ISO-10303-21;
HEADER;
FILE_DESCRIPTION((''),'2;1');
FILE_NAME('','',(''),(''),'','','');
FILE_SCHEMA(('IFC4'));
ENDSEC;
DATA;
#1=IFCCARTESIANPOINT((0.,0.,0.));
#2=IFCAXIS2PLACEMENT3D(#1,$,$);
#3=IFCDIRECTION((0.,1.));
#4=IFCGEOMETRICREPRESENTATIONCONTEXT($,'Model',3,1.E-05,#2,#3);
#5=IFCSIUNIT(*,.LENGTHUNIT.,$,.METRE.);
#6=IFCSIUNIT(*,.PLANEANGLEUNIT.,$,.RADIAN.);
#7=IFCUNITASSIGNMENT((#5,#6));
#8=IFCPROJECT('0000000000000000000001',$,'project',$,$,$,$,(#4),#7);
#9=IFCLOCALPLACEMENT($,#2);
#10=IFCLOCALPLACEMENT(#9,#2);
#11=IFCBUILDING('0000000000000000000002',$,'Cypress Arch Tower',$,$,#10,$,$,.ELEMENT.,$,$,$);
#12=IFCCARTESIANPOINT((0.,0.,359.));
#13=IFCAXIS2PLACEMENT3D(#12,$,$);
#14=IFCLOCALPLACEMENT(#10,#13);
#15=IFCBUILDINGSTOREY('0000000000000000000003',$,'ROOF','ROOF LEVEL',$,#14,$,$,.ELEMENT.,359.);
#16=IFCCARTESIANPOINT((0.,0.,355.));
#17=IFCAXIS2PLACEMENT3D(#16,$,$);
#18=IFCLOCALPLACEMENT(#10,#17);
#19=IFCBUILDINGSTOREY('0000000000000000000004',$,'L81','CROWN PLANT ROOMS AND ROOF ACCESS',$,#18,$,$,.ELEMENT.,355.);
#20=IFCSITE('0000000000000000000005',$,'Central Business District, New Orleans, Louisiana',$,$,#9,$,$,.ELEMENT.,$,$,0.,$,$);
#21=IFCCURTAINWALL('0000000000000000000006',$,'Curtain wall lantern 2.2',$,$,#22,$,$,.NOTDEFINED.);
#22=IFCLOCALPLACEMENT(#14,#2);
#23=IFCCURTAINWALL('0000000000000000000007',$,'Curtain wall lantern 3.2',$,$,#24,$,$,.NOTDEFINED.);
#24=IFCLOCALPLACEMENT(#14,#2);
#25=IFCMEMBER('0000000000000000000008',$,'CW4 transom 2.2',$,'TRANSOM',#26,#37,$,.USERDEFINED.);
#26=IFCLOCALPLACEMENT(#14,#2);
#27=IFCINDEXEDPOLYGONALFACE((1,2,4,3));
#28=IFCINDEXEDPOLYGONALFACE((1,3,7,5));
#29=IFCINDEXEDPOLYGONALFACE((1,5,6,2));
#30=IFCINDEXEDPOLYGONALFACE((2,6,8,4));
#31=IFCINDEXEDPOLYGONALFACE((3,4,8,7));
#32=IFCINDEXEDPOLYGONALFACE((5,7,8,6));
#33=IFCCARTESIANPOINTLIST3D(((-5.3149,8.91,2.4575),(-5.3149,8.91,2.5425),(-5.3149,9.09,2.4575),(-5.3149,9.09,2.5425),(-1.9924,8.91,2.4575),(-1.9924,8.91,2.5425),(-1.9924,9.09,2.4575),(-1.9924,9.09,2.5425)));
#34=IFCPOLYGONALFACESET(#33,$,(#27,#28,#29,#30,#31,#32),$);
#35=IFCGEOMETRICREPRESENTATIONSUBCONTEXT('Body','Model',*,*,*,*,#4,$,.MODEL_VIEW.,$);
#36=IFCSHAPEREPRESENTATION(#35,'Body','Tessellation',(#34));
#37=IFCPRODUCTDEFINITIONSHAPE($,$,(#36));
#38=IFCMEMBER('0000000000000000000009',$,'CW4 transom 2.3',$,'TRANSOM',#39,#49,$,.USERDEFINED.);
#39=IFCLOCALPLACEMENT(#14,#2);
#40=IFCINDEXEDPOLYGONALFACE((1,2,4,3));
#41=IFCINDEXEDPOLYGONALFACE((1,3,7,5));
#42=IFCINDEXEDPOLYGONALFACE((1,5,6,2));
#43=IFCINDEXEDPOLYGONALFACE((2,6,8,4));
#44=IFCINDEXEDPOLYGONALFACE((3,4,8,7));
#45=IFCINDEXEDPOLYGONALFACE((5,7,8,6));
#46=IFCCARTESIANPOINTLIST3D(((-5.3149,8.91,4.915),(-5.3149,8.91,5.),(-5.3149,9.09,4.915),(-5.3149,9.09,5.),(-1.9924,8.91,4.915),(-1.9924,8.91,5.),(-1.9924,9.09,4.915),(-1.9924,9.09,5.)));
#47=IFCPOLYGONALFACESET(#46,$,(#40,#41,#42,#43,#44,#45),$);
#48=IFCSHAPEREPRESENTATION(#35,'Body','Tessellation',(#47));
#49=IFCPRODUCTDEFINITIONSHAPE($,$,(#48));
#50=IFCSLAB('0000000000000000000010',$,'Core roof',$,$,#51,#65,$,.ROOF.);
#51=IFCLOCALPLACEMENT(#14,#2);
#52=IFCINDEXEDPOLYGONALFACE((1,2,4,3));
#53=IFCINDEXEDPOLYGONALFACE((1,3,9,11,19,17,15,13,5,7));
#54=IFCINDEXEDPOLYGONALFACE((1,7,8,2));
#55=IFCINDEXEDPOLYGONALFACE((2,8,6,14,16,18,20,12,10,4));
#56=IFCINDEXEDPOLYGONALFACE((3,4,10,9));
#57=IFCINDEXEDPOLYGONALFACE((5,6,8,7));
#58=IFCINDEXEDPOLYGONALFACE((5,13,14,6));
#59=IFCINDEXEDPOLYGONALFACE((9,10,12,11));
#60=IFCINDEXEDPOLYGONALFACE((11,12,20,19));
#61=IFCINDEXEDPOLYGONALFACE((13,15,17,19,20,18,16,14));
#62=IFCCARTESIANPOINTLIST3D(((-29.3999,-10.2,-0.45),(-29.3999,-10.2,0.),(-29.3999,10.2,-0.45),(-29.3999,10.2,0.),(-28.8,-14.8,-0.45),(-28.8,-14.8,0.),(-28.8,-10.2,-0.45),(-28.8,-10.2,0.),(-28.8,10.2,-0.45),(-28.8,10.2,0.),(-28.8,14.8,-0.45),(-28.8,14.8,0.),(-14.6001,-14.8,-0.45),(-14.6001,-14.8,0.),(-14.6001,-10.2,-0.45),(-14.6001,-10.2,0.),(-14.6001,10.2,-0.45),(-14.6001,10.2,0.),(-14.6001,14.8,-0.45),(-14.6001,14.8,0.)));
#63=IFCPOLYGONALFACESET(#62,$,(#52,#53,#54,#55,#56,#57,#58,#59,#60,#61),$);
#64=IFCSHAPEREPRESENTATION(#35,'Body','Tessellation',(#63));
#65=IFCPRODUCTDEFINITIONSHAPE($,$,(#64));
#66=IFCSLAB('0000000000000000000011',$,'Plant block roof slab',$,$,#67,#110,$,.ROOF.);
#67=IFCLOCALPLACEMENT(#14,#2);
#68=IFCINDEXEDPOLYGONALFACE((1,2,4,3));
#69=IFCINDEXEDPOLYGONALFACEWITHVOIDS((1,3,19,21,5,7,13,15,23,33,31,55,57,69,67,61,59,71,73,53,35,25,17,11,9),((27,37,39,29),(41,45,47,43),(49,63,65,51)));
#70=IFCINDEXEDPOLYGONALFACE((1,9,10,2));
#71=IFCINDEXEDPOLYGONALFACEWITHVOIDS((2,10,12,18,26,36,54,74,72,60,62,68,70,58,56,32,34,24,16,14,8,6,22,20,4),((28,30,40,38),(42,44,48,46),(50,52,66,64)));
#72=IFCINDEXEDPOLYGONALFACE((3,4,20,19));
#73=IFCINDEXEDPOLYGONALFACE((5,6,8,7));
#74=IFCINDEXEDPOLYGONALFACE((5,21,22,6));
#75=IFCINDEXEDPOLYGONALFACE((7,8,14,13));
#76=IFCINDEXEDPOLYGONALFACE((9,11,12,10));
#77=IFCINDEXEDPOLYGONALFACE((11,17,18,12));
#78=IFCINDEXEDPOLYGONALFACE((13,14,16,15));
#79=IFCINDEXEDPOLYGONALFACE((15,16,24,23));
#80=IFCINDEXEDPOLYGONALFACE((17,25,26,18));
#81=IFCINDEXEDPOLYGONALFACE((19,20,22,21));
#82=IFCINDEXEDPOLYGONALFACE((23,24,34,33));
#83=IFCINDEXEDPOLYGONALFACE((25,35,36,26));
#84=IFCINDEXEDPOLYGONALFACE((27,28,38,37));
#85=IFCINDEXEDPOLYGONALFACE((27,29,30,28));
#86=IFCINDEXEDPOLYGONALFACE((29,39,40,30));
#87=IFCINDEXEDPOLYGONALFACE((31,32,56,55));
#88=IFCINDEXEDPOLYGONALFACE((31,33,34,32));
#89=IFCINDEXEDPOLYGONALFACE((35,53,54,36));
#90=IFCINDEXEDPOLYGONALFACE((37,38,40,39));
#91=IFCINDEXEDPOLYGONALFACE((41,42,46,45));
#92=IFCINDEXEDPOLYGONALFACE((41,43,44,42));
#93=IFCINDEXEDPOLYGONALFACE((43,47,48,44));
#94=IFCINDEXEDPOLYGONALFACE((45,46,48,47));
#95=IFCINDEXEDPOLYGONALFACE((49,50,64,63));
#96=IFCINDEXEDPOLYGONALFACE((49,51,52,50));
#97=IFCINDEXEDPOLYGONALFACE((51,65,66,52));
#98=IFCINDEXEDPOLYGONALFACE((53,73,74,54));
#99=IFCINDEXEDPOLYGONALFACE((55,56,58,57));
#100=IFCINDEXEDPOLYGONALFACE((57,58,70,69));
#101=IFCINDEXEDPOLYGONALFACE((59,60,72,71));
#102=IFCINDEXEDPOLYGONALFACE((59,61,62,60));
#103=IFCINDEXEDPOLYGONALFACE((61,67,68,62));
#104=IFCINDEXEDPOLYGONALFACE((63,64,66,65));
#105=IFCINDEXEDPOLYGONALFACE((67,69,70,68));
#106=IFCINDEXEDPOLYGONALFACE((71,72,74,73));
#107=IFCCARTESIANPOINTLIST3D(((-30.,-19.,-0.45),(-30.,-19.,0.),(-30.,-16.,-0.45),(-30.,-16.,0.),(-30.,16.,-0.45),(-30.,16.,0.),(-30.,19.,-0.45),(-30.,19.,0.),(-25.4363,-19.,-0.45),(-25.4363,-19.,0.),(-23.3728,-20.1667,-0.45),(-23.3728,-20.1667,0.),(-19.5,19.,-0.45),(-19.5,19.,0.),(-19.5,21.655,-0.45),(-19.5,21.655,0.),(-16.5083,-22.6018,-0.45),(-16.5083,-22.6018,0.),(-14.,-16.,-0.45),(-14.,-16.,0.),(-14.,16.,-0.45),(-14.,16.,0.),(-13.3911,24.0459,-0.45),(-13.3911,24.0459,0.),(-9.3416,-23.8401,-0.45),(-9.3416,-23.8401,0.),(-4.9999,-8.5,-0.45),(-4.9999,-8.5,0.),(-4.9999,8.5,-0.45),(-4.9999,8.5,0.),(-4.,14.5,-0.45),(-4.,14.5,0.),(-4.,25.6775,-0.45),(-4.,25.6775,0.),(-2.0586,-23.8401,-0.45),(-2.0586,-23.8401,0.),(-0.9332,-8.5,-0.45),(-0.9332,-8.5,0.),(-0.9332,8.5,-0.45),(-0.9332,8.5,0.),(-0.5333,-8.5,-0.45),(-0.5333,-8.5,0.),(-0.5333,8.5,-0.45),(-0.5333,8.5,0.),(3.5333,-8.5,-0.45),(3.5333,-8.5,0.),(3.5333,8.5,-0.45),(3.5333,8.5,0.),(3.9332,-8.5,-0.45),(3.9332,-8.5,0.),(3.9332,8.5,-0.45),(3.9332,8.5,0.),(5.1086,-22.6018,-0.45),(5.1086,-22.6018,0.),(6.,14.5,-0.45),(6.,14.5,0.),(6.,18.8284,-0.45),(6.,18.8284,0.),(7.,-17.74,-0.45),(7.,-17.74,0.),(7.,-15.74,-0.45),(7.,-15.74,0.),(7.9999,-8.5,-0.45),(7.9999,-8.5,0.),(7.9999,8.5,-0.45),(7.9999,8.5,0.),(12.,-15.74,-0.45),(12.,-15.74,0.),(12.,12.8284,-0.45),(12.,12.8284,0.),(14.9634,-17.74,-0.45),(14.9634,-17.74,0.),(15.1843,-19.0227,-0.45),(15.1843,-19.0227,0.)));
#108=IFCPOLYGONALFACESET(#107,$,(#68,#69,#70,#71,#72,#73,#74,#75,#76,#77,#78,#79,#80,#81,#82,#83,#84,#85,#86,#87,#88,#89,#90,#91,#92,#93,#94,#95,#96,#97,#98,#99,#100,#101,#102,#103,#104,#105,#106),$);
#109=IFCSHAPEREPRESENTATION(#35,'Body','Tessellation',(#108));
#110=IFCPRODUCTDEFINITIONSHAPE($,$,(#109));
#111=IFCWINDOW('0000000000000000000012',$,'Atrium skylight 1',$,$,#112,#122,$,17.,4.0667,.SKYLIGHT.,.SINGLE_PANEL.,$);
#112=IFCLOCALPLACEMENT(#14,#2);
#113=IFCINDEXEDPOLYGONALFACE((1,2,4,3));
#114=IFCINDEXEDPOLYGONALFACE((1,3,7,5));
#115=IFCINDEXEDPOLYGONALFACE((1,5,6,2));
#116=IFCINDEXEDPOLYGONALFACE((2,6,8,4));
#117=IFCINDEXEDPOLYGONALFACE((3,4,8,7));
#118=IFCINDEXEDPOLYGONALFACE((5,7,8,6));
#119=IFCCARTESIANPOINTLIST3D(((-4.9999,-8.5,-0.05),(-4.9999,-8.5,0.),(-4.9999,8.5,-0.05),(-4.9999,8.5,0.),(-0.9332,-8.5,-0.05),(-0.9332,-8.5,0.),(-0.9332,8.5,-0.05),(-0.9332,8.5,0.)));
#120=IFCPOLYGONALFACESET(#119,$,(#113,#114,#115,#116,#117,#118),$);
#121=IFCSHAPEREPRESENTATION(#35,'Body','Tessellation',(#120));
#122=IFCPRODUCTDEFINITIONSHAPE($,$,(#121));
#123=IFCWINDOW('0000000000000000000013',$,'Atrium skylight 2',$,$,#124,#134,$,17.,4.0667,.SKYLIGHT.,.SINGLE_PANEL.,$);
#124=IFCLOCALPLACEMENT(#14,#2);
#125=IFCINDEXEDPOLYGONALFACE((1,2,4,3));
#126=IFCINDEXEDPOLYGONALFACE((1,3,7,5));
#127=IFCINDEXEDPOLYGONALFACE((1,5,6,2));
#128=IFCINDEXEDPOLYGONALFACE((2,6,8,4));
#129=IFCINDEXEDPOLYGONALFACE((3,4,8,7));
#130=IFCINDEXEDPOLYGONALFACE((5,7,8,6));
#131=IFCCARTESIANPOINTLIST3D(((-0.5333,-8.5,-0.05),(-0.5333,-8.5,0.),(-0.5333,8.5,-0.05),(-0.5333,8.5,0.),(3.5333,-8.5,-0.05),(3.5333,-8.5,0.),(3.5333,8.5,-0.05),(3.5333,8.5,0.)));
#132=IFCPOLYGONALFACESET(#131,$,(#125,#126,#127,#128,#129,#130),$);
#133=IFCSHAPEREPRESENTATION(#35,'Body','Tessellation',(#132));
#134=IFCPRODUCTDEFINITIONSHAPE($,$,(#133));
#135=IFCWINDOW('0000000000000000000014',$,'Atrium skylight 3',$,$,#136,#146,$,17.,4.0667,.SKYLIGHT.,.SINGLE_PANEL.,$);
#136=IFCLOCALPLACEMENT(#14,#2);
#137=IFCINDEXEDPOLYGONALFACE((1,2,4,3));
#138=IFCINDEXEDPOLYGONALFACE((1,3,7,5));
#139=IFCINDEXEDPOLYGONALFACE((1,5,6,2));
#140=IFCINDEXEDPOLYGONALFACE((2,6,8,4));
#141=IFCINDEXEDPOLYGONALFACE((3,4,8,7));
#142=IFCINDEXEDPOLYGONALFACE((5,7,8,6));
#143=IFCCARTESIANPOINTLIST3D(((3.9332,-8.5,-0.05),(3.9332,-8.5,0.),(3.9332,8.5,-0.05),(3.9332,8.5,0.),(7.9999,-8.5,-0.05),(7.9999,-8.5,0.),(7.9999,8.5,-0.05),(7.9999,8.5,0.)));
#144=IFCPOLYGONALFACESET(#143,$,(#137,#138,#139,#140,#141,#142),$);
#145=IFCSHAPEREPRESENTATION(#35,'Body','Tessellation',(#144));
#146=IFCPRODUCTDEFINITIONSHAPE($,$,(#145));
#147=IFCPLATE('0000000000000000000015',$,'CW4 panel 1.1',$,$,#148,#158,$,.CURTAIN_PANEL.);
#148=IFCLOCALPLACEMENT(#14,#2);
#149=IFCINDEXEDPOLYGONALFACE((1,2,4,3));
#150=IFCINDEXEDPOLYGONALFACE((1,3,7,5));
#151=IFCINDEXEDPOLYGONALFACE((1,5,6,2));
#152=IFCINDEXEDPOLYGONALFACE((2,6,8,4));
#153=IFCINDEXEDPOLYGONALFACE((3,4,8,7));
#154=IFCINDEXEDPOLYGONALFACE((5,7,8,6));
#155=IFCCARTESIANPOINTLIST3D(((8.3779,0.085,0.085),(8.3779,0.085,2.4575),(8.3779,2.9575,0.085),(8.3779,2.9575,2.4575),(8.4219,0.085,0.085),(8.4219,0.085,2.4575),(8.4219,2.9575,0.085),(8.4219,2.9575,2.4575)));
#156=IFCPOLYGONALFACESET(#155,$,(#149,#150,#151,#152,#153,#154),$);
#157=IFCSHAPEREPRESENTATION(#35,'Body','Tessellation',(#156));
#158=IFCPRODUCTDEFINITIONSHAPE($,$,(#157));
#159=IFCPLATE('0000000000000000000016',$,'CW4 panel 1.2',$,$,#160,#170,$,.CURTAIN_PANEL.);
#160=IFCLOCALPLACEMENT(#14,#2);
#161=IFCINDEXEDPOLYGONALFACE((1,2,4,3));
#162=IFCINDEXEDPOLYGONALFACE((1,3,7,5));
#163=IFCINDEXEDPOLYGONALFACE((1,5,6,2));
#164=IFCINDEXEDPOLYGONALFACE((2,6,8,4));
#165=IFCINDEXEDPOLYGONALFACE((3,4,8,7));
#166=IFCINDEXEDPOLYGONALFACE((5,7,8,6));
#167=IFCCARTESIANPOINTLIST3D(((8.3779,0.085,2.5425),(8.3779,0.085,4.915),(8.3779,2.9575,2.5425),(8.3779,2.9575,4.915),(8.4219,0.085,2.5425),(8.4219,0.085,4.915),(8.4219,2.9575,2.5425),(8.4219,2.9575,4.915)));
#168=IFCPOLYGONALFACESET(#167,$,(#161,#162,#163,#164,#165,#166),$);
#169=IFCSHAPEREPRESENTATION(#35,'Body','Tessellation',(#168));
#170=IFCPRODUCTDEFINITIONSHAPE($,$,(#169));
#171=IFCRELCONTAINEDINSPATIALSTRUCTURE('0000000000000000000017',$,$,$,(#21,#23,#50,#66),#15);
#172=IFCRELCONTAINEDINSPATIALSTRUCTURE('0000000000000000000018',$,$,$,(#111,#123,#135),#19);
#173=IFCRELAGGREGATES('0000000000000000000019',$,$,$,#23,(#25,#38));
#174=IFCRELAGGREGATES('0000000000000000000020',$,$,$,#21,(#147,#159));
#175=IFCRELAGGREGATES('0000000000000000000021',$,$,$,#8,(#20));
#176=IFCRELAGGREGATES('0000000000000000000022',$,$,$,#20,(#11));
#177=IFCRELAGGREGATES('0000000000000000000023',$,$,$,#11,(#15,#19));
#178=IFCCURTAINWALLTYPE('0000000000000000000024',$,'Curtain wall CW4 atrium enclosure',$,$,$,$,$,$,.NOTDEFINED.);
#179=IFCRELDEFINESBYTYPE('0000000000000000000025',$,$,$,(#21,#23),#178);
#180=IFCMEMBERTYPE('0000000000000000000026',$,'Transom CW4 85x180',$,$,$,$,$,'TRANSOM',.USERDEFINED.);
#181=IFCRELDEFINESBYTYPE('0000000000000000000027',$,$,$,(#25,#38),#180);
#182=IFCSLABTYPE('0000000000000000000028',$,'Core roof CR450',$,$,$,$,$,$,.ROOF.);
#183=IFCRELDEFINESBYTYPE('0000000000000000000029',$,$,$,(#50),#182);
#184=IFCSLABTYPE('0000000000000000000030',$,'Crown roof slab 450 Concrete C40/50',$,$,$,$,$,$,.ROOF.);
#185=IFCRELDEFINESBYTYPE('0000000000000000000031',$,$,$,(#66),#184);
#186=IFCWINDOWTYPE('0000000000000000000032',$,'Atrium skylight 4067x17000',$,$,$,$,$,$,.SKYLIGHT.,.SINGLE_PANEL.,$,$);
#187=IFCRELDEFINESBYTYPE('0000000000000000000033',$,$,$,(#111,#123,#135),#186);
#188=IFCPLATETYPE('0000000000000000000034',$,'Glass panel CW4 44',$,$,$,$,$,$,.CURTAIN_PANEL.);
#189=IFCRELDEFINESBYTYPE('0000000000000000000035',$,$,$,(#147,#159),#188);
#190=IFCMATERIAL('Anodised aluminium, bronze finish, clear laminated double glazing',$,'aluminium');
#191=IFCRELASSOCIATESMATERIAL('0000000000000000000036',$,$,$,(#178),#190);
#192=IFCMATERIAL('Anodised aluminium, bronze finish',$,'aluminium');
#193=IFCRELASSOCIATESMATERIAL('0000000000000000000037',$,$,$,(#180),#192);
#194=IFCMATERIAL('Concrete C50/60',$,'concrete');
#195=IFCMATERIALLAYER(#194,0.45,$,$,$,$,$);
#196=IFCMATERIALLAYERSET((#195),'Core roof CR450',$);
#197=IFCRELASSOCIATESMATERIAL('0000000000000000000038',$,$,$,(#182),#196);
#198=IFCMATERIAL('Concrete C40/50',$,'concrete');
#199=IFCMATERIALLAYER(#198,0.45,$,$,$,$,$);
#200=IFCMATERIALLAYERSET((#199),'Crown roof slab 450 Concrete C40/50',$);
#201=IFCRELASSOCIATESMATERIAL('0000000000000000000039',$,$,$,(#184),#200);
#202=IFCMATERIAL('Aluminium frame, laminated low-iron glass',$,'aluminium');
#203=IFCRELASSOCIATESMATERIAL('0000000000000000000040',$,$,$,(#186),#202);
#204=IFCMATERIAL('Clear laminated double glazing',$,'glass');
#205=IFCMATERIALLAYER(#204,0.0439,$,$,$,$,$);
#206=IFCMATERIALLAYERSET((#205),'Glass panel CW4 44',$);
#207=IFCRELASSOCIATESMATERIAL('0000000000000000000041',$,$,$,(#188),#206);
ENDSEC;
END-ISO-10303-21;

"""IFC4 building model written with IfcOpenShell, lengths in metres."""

from ifc_helpers import new_model, si_unit, direction, frame, origin, origin_2d, place, context, subcontext, project, spatial, polyline, rectangle, outline, extrude, material, layer, layer_set, material_profile, profile_set, type_object, element, fill, aggregate, save


model = new_model("IFC4")

# Units and contexts
model_context = context("Model", 3, precision=1e-05, world=origin(), true_north=direction((0.0, 1.0)))
body_context = subcontext(model_context, "Body", "Model", "MODEL_VIEW")
ifc_project = project(units=[si_unit("LENGTHUNIT", "METRE"), si_unit("PLANEANGLEUNIT", "RADIAN")], contexts=[model_context])

# Site, building, storey
site_placement = place(None, origin())
site = spatial("IfcSite", under=ifc_project, at=site_placement, Name="Central Business District, New Orleans, Louisiana", CompositionType="ELEMENT", RefElevation=0.0)
building_placement = place(site_placement, origin())
building = spatial("IfcBuilding", under=site, at=building_placement, Name="Cypress Arch Tower", CompositionType="ELEMENT")
storey_1_placement = place(building_placement, frame((0.0, 0.0, 359.0)))
storey_1 = spatial("IfcBuildingStorey", under=building, at=storey_1_placement, Name="ROOF", Description="ROOF LEVEL", CompositionType="ELEMENT", Elevation=359.0)

# Curtain walls, members
ifc_material_1 = material(Name="Anodised aluminium, bronze finish, clear laminated double glazing", Category="aluminium")
curtain_wall_type = type_object("IfcCurtainWallType", Name="Curtain wall CW4 atrium enclosure", PredefinedType="NOTDEFINED", material=ifc_material_1)
curtain_wall_1_placement = place(storey_1_placement, origin())
curtain_wall_1 = element("IfcCurtainWall", 1, at=curtain_wall_1_placement, inside=storey_1, type_object=curtain_wall_type, Name="Curtain wall lantern 2.2", PredefinedType="NOTDEFINED")
ifc_material_2 = material(Name="Anodised aluminium, bronze finish", Category="aluminium")
ifc_material_profile_1 = material_profile(ifc_material_2, rectangle(XDim=0.1799, YDim=0.085, at=origin_2d()), Name="Transom 85x180")
ifc_profile_set_1 = profile_set([ifc_material_profile_1], Name="Anodised aluminium, bronze finish")
member_type_1 = type_object("IfcMemberType", Name="Transom CW4 85x180", ElementType="TRANSOM", PredefinedType="USERDEFINED", material=ifc_profile_set_1)
curtain_wall_2_placement = place(storey_1_placement, origin())
curtain_wall_2 = element("IfcCurtainWall", 2, at=curtain_wall_2_placement, inside=storey_1, type_object=curtain_wall_type, Name="Curtain wall lantern 3.2", PredefinedType="NOTDEFINED")
member_1_placement = place(storey_1_placement, frame((-1.9924, 9.0, 2.5), z_axis=(-1.0, 0.0, 0.0), x_axis=(0.0, -1.0, 0.0)))
member_1 = element("IfcMember", 3, at=member_1_placement, type_object=member_type_1, Name="CW4 transom 2.2", ObjectType="TRANSOM", PredefinedType="USERDEFINED", context=body_context, shape_type="SweptSolid", body=[
    extrude(rectangle(XDim=0.1799, YDim=0.085, at=origin_2d()), origin(), (0.0, 0.0, 1.0), 3.3225),
])
member_2_placement = place(storey_1_placement, frame((-1.9924, 9.0, 4.9575), z_axis=(-1.0, 0.0, 0.0), x_axis=(0.0, -1.0, 0.0)))
member_2 = element("IfcMember", 4, at=member_2_placement, type_object=member_type_1, Name="CW4 transom 2.3", ObjectType="TRANSOM", PredefinedType="USERDEFINED", context=body_context, shape_type="SweptSolid", body=[
    extrude(rectangle(XDim=0.1799, YDim=0.085, at=origin_2d()), origin(), (0.0, 0.0, 1.0), 3.3225),
])
aggregate(curtain_wall_2, [member_1, member_2])

# Slab
ifc_material_3 = material(Name="Concrete C50/60", Category="concrete")
ifc_layer_1 = layer(ifc_material_3, 0.45)
ifc_layer_set_1 = layer_set([ifc_layer_1], Name="Core roof CR450")
slab_type_1 = type_object("IfcSlabType", Name="Core roof CR450", PredefinedType="ROOF", material=ifc_layer_set_1)
slab_1_placement = place(storey_1_placement, frame((0.0, 0.0, -0.45)))
element("IfcSlab", 5, at=slab_1_placement, inside=storey_1, type_object=slab_type_1, Name="Core roof", PredefinedType="ROOF", context=body_context, shape_type="SweptSolid", body=[
    extrude(outline(polyline([(-14.6001, -14.8), (-14.6001, -10.2), (-14.6001, 10.2), (-14.6001, 14.8), (-28.8, 14.8), (-28.8, 10.2), (-29.3999, 10.2), (-29.3999, -10.2), (-28.8, -10.2), (-28.8, -14.8), (-14.6001, -14.8)])), origin(), (0.0, 0.0, 1.0), 0.45),
])

# Slab, openings
ifc_material_4 = material(Name="Concrete C40/50", Category="concrete")
ifc_layer_2 = layer(ifc_material_4, 0.45)
ifc_layer_set_2 = layer_set([ifc_layer_2], Name="Crown roof slab 450 Concrete C40/50")
slab_type_2 = type_object("IfcSlabType", Name="Crown roof slab 450 Concrete C40/50", PredefinedType="ROOF", material=ifc_layer_set_2)
slab_2_placement = place(storey_1_placement, frame((0.0, 0.0, -0.45)))
slab_2 = element("IfcSlab", 6, at=slab_2_placement, inside=storey_1, type_object=slab_type_2, Name="Plant block roof slab", PredefinedType="ROOF", context=body_context, shape_type="SweptSolid", body=[
    extrude(outline(polyline([(-19.5, 21.655), (-13.3911, 24.0459), (-4.0, 25.6775), (-4.0, 14.5), (6.0, 14.5), (6.0, 18.8284), (12.0, 12.8284), (12.0, -15.74), (7.0, -15.74), (7.0, -17.74), (14.9634, -17.74), (15.1843, -19.0227), (5.1086, -22.6018), (-2.0586, -23.8401), (-9.3416, -23.8401), (-16.5083, -22.6018), (-23.3728, -20.1667), (-25.4363, -19.0), (-30.0, -19.0), (-30.0, -16.0), (-14.0, -16.0), (-14.0, 16.0), (-30.0, 16.0), (-30.0, 19.0), (-19.5, 19.0), (-19.5, 21.655)])), origin(), (0.0, 0.0, 1.0), 0.45),
])
opening_1_placement = place(slab_2_placement, frame((-2.9666, 0.0, 0.0)))
opening_1 = element("IfcOpeningElement", 7, at=opening_1_placement, cuts=slab_2, PredefinedType="OPENING", context=body_context, shape_type="SweptSolid", body=[
    extrude(rectangle(XDim=4.0667, YDim=17.0, at=origin_2d()), origin(), (0.0, 0.0, 1.0), 0.45),
])
opening_2_placement = place(slab_2_placement, frame((1.5, 0.0, 0.0)))
opening_2 = element("IfcOpeningElement", 8, at=opening_2_placement, cuts=slab_2, PredefinedType="OPENING", context=body_context, shape_type="SweptSolid", body=[
    extrude(rectangle(XDim=4.0667, YDim=17.0, at=origin_2d()), origin(), (0.0, 0.0, 1.0), 0.45),
])
opening_3_placement = place(slab_2_placement, frame((5.9666, 0.0, 0.0)))
opening_3 = element("IfcOpeningElement", 9, at=opening_3_placement, cuts=slab_2, PredefinedType="OPENING", context=body_context, shape_type="SweptSolid", body=[
    extrude(rectangle(XDim=4.0667, YDim=17.0, at=origin_2d()), origin(), (0.0, 0.0, 1.0), 0.45),
])

# Shared definitions
storey_2_placement = place(building_placement, frame((0.0, 0.0, 355.0)))
storey_2 = spatial("IfcBuildingStorey", under=building, at=storey_2_placement, Name="L81", Description="CROWN PLANT ROOMS AND ROOF ACCESS", CompositionType="ELEMENT", Elevation=355.0)

# Windows
ifc_material_5 = material(Name="Aluminium frame, laminated low-iron glass", Category="aluminium")
window_type = type_object("IfcWindowType", Name="Atrium skylight 4067x17000", PartitioningType="SINGLE_PANEL", PredefinedType="SKYLIGHT", material=ifc_material_5)
window_1_placement = place(opening_1_placement, frame((0.0, 0.0, 0.3999)))
window_1 = element("IfcWindow", 10, at=window_1_placement, inside=storey_2, type_object=window_type, Name="Atrium skylight 1", OverallHeight=17.0, OverallWidth=4.0667, PartitioningType="SINGLE_PANEL", PredefinedType="SKYLIGHT", context=body_context, shape_type="SweptSolid", body=[
    extrude(rectangle(XDim=4.0667, YDim=17.0, at=origin_2d()), origin(), (0.0, 0.0, 1.0), 0.05),
])
fill(opening_1, window_1)
window_2_placement = place(opening_2_placement, frame((0.0, 0.0, 0.3999)))
window_2 = element("IfcWindow", 11, at=window_2_placement, inside=storey_2, type_object=window_type, Name="Atrium skylight 2", OverallHeight=17.0, OverallWidth=4.0667, PartitioningType="SINGLE_PANEL", PredefinedType="SKYLIGHT", context=body_context, shape_type="SweptSolid", body=[
    extrude(rectangle(XDim=4.0667, YDim=17.0, at=origin_2d()), origin(), (0.0, 0.0, 1.0), 0.05),
])
fill(opening_2, window_2)
window_3_placement = place(opening_3_placement, frame((0.0, 0.0, 0.3999)))
window_3 = element("IfcWindow", 12, at=window_3_placement, inside=storey_2, type_object=window_type, Name="Atrium skylight 3", OverallHeight=17.0, OverallWidth=4.0667, PartitioningType="SINGLE_PANEL", PredefinedType="SKYLIGHT", context=body_context, shape_type="SweptSolid", body=[
    extrude(rectangle(XDim=4.0667, YDim=17.0, at=origin_2d()), origin(), (0.0, 0.0, 1.0), 0.05),
])
fill(opening_3, window_3)

# Plates
ifc_material_6 = material(Name="Clear laminated double glazing", Category="glass")
ifc_layer_3 = layer(ifc_material_6, 0.0439)
ifc_layer_set_3 = layer_set([ifc_layer_3], Name="Glass panel CW4 44")
plate_type = type_object("IfcPlateType", Name="Glass panel CW4 44", PredefinedType="CURTAIN_PANEL", material=ifc_layer_set_3)
plate_1_placement = place(storey_1_placement, frame((8.3999, 1.5212, 0.085), z_axis=(0.0, 0.0, 1.0), x_axis=(0.0, 1.0, 0.0)))
plate_1 = element("IfcPlate", 13, at=plate_1_placement, type_object=plate_type, Name="CW4 panel 1.1", PredefinedType="CURTAIN_PANEL", context=body_context, shape_type="SweptSolid", body=[
    extrude(rectangle(XDim=2.8726, YDim=0.0439, at=origin_2d()), origin(), (0.0, 0.0, 1.0), 2.3726),
])
plate_2_placement = place(storey_1_placement, frame((8.3999, 1.5212, 2.5425), z_axis=(0.0, 0.0, 1.0), x_axis=(0.0, 1.0, 0.0)))
plate_2 = element("IfcPlate", 14, at=plate_2_placement, type_object=plate_type, Name="CW4 panel 1.2", PredefinedType="CURTAIN_PANEL", context=body_context, shape_type="SweptSolid", body=[
    extrude(rectangle(XDim=2.8726, YDim=0.0439, at=origin_2d()), origin(), (0.0, 0.0, 1.0), 2.3726),
])
aggregate(curtain_wall_1, [plate_1, plate_2])

save(model, "model.ifc")
